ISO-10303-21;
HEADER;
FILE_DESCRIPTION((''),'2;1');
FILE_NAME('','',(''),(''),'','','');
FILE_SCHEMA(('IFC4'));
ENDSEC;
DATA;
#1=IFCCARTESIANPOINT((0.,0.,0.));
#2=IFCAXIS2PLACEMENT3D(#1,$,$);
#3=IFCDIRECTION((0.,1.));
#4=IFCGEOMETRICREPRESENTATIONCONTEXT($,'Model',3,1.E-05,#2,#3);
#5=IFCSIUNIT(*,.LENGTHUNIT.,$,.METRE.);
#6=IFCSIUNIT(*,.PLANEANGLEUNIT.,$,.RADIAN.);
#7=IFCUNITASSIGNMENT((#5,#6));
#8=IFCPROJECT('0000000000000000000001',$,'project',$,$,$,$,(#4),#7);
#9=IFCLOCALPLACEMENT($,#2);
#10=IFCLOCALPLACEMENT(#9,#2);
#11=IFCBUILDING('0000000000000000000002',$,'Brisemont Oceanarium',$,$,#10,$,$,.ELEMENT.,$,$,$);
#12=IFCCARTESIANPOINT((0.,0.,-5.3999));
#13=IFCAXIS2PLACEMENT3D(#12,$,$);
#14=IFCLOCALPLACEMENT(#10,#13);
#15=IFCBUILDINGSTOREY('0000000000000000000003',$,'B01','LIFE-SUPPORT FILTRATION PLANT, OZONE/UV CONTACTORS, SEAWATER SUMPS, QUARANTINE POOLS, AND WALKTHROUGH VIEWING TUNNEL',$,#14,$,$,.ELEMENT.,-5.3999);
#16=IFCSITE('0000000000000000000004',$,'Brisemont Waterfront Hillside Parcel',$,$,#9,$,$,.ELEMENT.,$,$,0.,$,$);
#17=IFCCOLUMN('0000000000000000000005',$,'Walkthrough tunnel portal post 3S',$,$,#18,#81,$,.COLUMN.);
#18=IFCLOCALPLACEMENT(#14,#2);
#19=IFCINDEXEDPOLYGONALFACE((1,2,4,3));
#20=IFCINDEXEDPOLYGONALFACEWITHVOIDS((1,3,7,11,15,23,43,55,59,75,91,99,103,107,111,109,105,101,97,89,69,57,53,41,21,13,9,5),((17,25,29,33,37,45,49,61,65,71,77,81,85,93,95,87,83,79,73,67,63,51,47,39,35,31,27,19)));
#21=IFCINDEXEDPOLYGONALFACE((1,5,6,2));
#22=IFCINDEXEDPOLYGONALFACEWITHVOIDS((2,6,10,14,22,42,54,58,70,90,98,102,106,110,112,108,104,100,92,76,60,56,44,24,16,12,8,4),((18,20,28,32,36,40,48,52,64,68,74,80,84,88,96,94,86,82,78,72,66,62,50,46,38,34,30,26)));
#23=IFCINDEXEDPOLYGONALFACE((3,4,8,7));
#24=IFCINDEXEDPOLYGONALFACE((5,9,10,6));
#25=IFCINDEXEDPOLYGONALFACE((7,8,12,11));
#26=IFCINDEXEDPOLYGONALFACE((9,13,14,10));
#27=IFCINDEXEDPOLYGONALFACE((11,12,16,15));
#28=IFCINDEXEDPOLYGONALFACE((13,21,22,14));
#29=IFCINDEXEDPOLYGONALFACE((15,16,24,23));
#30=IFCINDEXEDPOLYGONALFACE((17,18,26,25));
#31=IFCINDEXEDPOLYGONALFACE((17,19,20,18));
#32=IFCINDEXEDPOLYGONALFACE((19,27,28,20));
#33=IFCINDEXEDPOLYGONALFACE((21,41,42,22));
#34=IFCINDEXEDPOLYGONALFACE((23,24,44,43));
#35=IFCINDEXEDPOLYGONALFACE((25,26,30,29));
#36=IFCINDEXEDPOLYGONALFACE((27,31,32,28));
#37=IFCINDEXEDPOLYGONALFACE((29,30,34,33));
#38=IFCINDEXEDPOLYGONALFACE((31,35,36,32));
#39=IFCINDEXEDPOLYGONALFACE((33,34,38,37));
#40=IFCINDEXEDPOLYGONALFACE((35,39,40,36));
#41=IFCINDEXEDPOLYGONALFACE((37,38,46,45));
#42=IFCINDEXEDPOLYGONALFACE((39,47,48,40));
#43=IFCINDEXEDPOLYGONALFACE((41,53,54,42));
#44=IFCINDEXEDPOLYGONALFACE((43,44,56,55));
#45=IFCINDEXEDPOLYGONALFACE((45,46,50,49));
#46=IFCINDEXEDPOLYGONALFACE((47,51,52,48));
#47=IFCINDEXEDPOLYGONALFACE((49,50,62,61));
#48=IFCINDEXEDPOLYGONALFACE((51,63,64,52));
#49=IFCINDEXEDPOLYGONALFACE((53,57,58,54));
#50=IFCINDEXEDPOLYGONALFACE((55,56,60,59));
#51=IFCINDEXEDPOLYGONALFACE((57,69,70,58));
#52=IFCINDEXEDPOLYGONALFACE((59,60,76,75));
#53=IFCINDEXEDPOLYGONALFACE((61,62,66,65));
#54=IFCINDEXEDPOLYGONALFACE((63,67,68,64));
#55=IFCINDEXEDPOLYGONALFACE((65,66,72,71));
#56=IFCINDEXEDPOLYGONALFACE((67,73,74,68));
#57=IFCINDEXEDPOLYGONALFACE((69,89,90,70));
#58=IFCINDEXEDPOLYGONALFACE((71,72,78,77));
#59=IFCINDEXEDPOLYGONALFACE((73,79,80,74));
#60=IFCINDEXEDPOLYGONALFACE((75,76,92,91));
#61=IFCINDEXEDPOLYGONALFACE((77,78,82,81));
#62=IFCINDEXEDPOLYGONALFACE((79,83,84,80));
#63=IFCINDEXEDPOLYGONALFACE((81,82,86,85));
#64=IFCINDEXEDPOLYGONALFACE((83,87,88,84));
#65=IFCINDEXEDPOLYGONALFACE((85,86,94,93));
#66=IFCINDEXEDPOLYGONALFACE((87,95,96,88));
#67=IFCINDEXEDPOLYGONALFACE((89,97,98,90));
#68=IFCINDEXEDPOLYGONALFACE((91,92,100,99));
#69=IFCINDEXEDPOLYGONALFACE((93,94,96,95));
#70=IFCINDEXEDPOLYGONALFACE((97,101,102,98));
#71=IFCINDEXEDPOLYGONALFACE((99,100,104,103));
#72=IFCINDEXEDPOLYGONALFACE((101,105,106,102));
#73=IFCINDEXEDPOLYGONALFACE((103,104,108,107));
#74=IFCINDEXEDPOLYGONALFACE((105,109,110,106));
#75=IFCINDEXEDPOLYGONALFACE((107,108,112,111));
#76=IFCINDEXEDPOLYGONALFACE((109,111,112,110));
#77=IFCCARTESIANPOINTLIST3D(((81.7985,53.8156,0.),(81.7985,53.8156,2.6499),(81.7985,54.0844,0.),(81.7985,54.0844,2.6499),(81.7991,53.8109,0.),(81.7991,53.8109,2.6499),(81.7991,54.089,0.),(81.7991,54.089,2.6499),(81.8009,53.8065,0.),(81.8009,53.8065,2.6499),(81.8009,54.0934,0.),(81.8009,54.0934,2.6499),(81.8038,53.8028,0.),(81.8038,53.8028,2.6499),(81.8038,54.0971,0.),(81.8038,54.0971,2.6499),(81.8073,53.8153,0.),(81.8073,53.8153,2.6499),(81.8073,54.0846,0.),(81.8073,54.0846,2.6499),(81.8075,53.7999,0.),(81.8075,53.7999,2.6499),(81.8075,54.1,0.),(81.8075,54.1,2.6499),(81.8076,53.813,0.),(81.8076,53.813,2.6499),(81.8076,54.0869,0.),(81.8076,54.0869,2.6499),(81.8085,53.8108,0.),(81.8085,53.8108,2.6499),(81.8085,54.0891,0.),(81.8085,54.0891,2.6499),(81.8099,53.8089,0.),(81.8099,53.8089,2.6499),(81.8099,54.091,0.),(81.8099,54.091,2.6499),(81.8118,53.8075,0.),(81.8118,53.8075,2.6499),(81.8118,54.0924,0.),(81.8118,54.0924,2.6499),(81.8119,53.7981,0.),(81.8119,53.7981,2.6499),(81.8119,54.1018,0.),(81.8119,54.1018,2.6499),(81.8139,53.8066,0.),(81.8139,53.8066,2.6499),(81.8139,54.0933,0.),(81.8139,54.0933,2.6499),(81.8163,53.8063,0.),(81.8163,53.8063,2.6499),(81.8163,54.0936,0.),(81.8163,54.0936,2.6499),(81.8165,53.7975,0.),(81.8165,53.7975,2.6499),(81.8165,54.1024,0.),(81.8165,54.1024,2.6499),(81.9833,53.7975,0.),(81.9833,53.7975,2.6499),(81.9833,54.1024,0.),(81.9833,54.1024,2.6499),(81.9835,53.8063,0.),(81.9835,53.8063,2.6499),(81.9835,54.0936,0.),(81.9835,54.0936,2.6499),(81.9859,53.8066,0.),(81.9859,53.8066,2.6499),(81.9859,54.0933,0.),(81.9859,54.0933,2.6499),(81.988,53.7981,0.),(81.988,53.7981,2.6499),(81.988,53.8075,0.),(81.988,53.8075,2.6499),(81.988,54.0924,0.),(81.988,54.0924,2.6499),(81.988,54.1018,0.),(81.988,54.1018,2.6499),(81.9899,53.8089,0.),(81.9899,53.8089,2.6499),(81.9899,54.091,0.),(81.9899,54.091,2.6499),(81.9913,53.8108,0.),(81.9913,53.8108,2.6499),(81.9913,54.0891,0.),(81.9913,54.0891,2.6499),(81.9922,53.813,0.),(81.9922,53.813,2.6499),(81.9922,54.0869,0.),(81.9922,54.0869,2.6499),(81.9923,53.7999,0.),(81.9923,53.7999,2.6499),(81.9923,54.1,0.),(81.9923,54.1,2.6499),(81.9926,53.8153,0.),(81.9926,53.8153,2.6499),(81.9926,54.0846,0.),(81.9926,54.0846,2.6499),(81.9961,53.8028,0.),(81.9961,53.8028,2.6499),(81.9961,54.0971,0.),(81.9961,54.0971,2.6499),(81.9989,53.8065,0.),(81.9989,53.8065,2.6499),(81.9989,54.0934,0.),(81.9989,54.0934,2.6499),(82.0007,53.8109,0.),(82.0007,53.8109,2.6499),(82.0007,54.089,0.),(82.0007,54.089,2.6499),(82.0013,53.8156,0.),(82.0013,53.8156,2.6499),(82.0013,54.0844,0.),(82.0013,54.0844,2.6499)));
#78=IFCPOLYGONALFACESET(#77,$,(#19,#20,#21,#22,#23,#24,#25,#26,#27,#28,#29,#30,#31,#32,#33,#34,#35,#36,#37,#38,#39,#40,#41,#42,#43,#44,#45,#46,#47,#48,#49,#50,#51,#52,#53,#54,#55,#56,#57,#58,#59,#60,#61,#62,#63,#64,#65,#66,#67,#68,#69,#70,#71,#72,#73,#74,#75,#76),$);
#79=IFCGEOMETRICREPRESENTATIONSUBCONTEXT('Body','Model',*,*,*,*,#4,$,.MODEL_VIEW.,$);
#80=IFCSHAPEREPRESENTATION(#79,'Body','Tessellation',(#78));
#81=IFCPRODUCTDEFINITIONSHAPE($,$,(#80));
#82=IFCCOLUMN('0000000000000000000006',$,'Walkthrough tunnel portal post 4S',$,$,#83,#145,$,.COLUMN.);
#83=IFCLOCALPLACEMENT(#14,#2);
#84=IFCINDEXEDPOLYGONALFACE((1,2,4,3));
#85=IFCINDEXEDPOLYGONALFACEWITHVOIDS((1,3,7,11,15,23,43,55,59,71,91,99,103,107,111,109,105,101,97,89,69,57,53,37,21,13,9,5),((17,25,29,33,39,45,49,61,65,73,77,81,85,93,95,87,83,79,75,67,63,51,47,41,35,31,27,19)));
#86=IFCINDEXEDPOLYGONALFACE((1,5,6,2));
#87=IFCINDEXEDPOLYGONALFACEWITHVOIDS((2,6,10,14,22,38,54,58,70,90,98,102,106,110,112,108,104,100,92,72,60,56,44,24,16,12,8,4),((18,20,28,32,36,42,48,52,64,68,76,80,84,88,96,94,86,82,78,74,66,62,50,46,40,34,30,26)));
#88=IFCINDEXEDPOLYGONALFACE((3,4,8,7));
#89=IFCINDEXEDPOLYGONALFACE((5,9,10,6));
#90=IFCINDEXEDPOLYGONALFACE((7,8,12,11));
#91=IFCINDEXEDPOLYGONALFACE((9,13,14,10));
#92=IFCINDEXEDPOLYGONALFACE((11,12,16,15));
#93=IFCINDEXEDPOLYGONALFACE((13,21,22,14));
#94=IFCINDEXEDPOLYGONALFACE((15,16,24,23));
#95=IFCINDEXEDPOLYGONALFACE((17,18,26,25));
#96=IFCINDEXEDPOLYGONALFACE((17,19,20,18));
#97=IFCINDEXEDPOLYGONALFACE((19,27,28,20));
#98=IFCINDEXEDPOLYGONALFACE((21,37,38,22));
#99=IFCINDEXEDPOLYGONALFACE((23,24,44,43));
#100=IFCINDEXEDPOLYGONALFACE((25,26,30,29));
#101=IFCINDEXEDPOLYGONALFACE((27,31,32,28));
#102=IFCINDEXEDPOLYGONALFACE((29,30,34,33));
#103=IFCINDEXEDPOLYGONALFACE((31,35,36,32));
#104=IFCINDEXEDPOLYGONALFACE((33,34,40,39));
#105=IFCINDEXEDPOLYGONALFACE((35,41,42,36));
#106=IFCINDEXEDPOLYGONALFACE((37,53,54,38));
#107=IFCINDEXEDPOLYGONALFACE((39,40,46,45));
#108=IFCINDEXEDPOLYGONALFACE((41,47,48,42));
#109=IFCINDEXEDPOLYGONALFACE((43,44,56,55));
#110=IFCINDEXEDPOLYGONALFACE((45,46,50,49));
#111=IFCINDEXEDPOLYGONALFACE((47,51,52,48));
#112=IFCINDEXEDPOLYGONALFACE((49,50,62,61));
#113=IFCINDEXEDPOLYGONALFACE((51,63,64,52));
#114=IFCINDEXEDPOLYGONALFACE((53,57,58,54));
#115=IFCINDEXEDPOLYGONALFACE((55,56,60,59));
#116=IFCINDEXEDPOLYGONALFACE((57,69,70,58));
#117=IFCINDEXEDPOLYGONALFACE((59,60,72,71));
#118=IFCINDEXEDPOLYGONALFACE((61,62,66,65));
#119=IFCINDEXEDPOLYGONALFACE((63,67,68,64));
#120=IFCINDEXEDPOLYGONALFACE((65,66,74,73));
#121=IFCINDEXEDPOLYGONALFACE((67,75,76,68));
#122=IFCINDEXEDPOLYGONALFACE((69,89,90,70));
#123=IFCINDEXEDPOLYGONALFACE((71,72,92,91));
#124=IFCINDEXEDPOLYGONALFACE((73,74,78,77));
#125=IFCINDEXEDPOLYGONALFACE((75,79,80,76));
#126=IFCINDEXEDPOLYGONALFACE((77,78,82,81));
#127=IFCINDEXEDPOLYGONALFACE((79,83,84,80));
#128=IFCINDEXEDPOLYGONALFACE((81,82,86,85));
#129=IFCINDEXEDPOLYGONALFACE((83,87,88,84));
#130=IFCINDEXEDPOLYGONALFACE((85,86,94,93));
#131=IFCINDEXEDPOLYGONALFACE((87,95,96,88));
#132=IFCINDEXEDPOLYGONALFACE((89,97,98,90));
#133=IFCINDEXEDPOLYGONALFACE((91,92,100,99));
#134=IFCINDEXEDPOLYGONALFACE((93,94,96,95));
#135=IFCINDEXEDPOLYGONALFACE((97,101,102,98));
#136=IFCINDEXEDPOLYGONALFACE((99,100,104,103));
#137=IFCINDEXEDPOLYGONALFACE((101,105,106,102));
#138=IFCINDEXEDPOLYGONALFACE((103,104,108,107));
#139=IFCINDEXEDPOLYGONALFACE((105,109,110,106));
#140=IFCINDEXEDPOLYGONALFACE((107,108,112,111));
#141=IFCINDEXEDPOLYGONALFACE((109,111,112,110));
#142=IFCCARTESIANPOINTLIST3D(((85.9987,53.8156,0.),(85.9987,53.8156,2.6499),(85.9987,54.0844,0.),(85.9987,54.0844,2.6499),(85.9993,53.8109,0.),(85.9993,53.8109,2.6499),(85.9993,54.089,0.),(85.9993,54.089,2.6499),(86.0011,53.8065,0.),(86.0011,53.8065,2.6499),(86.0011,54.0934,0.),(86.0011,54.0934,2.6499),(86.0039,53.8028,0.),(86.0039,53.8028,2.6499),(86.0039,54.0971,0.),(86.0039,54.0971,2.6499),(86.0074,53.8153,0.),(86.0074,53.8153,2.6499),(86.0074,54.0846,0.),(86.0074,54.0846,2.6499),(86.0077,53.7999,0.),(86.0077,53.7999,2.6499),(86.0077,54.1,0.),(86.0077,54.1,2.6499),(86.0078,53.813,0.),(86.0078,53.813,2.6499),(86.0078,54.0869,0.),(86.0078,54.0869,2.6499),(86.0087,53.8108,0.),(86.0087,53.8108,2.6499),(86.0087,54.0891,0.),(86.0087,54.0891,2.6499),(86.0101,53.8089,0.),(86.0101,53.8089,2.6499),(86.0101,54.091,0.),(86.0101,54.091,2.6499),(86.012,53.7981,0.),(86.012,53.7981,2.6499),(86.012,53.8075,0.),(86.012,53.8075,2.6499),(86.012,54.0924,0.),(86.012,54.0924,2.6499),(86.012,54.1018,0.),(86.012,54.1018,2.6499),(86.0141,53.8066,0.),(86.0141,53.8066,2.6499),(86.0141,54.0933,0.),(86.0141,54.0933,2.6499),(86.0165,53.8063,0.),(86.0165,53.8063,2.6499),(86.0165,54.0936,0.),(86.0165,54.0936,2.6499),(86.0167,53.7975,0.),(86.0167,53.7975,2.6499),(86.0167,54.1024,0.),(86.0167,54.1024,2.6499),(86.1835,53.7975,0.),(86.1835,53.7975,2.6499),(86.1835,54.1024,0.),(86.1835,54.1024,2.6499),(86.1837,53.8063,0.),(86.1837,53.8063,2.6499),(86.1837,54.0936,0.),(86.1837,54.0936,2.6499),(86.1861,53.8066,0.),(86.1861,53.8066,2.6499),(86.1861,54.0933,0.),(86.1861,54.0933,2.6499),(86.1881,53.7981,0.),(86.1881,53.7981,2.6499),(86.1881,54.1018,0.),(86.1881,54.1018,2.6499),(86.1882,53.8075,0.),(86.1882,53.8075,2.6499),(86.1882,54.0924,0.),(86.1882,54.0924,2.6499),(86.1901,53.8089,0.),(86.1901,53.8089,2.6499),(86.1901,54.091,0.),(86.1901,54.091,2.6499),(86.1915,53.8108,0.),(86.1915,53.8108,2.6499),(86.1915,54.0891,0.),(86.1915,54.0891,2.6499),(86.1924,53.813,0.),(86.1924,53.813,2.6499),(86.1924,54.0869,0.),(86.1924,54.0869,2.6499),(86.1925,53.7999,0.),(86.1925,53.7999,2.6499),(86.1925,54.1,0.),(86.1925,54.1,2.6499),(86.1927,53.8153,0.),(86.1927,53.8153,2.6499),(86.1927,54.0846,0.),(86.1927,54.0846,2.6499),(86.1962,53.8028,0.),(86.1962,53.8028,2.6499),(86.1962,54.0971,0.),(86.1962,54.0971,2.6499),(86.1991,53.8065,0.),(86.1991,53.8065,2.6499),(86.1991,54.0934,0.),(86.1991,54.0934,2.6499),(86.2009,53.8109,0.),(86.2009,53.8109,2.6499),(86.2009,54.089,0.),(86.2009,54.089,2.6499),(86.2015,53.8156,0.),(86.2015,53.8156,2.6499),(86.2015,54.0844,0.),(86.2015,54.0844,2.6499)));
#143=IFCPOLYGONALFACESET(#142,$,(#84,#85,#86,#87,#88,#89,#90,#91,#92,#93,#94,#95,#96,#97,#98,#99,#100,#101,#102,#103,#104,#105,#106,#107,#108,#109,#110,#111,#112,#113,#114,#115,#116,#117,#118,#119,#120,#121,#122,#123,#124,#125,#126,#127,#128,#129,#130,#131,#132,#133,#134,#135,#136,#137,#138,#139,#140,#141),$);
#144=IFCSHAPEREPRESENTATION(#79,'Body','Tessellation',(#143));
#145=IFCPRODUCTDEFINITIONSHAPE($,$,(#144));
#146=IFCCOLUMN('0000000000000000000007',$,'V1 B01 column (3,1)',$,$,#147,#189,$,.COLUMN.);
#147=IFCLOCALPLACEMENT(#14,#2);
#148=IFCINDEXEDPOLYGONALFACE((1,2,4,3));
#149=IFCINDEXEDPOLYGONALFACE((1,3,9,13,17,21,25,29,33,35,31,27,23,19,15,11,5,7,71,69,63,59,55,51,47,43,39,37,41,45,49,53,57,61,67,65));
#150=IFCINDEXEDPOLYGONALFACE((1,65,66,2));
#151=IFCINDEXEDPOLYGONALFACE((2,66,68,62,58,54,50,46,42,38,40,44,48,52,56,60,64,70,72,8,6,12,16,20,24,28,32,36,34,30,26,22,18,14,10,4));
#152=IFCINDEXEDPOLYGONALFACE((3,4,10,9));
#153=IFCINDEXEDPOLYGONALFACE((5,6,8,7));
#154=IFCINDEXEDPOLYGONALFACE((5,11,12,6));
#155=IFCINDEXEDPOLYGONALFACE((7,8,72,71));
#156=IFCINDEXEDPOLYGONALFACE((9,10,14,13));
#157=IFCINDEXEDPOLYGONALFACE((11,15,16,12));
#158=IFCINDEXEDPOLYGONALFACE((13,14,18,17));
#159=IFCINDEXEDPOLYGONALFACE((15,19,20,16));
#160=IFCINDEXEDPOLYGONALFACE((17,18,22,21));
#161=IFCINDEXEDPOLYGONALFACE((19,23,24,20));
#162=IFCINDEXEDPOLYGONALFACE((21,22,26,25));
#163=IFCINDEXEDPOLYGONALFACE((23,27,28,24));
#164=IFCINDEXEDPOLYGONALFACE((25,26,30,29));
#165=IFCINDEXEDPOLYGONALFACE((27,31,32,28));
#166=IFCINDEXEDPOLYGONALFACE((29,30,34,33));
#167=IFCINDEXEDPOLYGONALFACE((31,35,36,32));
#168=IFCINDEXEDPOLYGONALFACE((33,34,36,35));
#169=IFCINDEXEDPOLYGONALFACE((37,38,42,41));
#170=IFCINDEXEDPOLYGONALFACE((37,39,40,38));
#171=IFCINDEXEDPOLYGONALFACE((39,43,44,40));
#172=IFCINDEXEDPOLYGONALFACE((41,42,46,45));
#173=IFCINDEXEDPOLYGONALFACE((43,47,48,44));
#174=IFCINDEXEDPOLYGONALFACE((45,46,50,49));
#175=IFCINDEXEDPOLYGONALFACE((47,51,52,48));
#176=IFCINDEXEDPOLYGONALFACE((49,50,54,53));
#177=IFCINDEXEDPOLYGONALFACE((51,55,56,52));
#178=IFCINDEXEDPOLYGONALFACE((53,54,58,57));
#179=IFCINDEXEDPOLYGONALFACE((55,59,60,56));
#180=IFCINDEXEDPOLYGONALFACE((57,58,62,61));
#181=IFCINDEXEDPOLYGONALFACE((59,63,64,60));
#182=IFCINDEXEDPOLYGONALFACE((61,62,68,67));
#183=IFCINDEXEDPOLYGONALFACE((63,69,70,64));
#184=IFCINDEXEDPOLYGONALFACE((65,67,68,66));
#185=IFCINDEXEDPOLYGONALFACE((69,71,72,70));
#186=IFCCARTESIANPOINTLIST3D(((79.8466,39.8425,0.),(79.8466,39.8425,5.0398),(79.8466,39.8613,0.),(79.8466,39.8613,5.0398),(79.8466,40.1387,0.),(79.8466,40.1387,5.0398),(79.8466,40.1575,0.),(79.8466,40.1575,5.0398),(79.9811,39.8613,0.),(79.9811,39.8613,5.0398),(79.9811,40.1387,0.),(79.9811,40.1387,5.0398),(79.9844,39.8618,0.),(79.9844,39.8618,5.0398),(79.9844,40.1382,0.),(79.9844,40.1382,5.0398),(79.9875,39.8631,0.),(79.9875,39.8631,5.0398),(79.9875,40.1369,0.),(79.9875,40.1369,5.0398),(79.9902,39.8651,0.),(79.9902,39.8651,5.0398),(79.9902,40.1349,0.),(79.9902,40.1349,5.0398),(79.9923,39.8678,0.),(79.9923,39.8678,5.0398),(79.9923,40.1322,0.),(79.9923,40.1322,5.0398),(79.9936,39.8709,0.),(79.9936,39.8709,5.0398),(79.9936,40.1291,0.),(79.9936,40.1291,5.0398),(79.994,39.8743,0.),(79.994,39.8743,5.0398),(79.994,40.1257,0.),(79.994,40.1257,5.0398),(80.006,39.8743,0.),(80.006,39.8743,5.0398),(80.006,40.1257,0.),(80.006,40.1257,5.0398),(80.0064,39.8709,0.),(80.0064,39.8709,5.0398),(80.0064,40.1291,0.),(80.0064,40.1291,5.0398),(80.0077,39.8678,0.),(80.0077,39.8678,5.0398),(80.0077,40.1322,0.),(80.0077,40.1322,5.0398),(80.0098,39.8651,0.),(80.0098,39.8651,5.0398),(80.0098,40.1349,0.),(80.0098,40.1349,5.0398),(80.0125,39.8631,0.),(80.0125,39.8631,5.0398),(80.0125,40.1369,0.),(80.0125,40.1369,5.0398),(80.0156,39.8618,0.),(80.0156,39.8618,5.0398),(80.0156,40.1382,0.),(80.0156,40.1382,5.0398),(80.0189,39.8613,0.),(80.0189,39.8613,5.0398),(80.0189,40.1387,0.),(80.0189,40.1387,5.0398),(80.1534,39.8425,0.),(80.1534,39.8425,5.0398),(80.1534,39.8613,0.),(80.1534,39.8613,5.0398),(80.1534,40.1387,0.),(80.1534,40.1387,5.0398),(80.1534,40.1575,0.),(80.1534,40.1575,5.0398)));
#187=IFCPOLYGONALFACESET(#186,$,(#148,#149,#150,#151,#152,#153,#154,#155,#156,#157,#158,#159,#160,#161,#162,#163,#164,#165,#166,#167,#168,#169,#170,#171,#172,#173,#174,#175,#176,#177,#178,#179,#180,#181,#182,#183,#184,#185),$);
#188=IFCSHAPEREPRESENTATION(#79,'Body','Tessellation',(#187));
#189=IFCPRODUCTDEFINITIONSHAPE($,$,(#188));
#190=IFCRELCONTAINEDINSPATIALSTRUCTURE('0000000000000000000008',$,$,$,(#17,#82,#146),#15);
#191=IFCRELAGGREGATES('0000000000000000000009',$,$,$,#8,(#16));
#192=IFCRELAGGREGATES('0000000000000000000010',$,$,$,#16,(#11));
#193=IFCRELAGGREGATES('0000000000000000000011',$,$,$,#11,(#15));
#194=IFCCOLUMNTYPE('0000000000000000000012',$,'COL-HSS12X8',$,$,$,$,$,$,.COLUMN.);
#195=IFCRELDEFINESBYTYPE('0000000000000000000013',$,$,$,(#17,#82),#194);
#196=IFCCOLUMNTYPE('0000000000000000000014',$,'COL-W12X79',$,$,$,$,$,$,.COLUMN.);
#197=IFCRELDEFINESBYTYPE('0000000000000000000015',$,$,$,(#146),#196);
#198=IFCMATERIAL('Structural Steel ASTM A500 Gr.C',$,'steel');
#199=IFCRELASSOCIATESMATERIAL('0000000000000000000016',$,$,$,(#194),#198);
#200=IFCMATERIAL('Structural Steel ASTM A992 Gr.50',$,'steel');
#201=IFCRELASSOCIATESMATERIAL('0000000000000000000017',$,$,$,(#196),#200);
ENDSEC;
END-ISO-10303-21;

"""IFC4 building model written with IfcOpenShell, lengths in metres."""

from ifc_helpers import new_model, si_unit, direction, frame, origin, origin_2d, place, context, subcontext, project, spatial, hollow_rectangle, i_section, extrude, material, material_profile, profile_set, type_object, element, save


model = new_model("IFC4")

# Units and contexts
model_context = context("Model", 3, precision=1e-05, world=origin(), true_north=direction((0.0, 1.0)))
body_context = subcontext(model_context, "Body", "Model", "MODEL_VIEW")
ifc_project = project(units=[si_unit("LENGTHUNIT", "METRE"), si_unit("PLANEANGLEUNIT", "RADIAN")], contexts=[model_context])

# Site, building, storey
site_placement = place(None, origin())
site = spatial("IfcSite", under=ifc_project, at=site_placement, Name="Brisemont Waterfront Hillside Parcel", CompositionType="ELEMENT", RefElevation=0.0)
building_placement = place(site_placement, origin())
building = spatial("IfcBuilding", under=site, at=building_placement, Name="Brisemont Oceanarium", CompositionType="ELEMENT")
storey_placement = place(building_placement, frame((0.0, 0.0, -5.3999)))
storey = spatial("IfcBuildingStorey", under=building, at=storey_placement, Name="B01", Description="LIFE-SUPPORT FILTRATION PLANT, OZONE/UV CONTACTORS, SEAWATER SUMPS, QUARANTINE POOLS, AND WALKTHROUGH VIEWING TUNNEL", CompositionType="ELEMENT", Elevation=-5.3999)

# Columns
ifc_material_1 = material(Name="Structural Steel ASTM A500 Gr.C", Category="steel")
ifc_material_profile_1 = material_profile(ifc_material_1, hollow_rectangle(XDim=0.2029, YDim=0.3049, WallThickness=0.0088, InnerFilletRadius=0.009, OuterFilletRadius=0.0181, at=origin_2d()), Name="HSS12X8X3/8")
ifc_profile_set_1 = profile_set([ifc_material_profile_1], Name="Structural Steel ASTM A500 Gr.C")
column_type_1 = type_object("IfcColumnType", Name="COL-HSS12X8", PredefinedType="COLUMN", material=ifc_profile_set_1)
for number, where, z_axis, x_axis, name in (
    (1, (81.8999, 53.95, 0.0), (0.0, 0.0, 1.0), (1.0, 0.0, 0.0), "Walkthrough tunnel portal post 3S"),
    (2, (86.1001, 53.95, 0.0), (0.0, 0.0, 1.0), (1.0, 0.0, 0.0), "Walkthrough tunnel portal post 4S"),
):
    element("IfcColumn", number, at=place(storey_placement, frame(where, z_axis=z_axis, x_axis=x_axis)), inside=storey, type_object=column_type_1, Name=name, PredefinedType="COLUMN", context=body_context, shape_type="SweptSolid", body=[
        extrude(hollow_rectangle(XDim=0.2029, YDim=0.3049, WallThickness=0.0088, InnerFilletRadius=0.009, OuterFilletRadius=0.0181, at=origin_2d()), origin(), (0.0, 0.0, 1.0), 2.6499),
    ])
ifc_material_2 = material(Name="Structural Steel ASTM A992 Gr.50", Category="steel")
ifc_material_profile_2 = material_profile(ifc_material_2, i_section(OverallWidth=0.3069, OverallDepth=0.3149, WebThickness=0.012, FlangeThickness=0.0188, FilletRadius=0.0129, at=origin_2d()), Name="W12X79")
ifc_profile_set_2 = profile_set([ifc_material_profile_2], Name="Structural Steel ASTM A992 Gr.50")
column_type_2 = type_object("IfcColumnType", Name="COL-W12X79", PredefinedType="COLUMN", material=ifc_profile_set_2)
column_placement = place(storey_placement, frame((80.0, 40.0, 0.0), z_axis=(0.0, 0.0, 1.0), x_axis=(1.0, 0.0, 0.0)))
element("IfcColumn", 3, at=column_placement, inside=storey, type_object=column_type_2, Name="V1 B01 column (3,1)", PredefinedType="COLUMN", context=body_context, shape_type="SweptSolid", body=[
    extrude(i_section(OverallWidth=0.3069, OverallDepth=0.3149, WebThickness=0.012, FlangeThickness=0.0188, FilletRadius=0.0129, at=origin_2d()), origin(), (0.0, 0.0, 1.0), 5.0398),
])

save(model, "model.ifc")
